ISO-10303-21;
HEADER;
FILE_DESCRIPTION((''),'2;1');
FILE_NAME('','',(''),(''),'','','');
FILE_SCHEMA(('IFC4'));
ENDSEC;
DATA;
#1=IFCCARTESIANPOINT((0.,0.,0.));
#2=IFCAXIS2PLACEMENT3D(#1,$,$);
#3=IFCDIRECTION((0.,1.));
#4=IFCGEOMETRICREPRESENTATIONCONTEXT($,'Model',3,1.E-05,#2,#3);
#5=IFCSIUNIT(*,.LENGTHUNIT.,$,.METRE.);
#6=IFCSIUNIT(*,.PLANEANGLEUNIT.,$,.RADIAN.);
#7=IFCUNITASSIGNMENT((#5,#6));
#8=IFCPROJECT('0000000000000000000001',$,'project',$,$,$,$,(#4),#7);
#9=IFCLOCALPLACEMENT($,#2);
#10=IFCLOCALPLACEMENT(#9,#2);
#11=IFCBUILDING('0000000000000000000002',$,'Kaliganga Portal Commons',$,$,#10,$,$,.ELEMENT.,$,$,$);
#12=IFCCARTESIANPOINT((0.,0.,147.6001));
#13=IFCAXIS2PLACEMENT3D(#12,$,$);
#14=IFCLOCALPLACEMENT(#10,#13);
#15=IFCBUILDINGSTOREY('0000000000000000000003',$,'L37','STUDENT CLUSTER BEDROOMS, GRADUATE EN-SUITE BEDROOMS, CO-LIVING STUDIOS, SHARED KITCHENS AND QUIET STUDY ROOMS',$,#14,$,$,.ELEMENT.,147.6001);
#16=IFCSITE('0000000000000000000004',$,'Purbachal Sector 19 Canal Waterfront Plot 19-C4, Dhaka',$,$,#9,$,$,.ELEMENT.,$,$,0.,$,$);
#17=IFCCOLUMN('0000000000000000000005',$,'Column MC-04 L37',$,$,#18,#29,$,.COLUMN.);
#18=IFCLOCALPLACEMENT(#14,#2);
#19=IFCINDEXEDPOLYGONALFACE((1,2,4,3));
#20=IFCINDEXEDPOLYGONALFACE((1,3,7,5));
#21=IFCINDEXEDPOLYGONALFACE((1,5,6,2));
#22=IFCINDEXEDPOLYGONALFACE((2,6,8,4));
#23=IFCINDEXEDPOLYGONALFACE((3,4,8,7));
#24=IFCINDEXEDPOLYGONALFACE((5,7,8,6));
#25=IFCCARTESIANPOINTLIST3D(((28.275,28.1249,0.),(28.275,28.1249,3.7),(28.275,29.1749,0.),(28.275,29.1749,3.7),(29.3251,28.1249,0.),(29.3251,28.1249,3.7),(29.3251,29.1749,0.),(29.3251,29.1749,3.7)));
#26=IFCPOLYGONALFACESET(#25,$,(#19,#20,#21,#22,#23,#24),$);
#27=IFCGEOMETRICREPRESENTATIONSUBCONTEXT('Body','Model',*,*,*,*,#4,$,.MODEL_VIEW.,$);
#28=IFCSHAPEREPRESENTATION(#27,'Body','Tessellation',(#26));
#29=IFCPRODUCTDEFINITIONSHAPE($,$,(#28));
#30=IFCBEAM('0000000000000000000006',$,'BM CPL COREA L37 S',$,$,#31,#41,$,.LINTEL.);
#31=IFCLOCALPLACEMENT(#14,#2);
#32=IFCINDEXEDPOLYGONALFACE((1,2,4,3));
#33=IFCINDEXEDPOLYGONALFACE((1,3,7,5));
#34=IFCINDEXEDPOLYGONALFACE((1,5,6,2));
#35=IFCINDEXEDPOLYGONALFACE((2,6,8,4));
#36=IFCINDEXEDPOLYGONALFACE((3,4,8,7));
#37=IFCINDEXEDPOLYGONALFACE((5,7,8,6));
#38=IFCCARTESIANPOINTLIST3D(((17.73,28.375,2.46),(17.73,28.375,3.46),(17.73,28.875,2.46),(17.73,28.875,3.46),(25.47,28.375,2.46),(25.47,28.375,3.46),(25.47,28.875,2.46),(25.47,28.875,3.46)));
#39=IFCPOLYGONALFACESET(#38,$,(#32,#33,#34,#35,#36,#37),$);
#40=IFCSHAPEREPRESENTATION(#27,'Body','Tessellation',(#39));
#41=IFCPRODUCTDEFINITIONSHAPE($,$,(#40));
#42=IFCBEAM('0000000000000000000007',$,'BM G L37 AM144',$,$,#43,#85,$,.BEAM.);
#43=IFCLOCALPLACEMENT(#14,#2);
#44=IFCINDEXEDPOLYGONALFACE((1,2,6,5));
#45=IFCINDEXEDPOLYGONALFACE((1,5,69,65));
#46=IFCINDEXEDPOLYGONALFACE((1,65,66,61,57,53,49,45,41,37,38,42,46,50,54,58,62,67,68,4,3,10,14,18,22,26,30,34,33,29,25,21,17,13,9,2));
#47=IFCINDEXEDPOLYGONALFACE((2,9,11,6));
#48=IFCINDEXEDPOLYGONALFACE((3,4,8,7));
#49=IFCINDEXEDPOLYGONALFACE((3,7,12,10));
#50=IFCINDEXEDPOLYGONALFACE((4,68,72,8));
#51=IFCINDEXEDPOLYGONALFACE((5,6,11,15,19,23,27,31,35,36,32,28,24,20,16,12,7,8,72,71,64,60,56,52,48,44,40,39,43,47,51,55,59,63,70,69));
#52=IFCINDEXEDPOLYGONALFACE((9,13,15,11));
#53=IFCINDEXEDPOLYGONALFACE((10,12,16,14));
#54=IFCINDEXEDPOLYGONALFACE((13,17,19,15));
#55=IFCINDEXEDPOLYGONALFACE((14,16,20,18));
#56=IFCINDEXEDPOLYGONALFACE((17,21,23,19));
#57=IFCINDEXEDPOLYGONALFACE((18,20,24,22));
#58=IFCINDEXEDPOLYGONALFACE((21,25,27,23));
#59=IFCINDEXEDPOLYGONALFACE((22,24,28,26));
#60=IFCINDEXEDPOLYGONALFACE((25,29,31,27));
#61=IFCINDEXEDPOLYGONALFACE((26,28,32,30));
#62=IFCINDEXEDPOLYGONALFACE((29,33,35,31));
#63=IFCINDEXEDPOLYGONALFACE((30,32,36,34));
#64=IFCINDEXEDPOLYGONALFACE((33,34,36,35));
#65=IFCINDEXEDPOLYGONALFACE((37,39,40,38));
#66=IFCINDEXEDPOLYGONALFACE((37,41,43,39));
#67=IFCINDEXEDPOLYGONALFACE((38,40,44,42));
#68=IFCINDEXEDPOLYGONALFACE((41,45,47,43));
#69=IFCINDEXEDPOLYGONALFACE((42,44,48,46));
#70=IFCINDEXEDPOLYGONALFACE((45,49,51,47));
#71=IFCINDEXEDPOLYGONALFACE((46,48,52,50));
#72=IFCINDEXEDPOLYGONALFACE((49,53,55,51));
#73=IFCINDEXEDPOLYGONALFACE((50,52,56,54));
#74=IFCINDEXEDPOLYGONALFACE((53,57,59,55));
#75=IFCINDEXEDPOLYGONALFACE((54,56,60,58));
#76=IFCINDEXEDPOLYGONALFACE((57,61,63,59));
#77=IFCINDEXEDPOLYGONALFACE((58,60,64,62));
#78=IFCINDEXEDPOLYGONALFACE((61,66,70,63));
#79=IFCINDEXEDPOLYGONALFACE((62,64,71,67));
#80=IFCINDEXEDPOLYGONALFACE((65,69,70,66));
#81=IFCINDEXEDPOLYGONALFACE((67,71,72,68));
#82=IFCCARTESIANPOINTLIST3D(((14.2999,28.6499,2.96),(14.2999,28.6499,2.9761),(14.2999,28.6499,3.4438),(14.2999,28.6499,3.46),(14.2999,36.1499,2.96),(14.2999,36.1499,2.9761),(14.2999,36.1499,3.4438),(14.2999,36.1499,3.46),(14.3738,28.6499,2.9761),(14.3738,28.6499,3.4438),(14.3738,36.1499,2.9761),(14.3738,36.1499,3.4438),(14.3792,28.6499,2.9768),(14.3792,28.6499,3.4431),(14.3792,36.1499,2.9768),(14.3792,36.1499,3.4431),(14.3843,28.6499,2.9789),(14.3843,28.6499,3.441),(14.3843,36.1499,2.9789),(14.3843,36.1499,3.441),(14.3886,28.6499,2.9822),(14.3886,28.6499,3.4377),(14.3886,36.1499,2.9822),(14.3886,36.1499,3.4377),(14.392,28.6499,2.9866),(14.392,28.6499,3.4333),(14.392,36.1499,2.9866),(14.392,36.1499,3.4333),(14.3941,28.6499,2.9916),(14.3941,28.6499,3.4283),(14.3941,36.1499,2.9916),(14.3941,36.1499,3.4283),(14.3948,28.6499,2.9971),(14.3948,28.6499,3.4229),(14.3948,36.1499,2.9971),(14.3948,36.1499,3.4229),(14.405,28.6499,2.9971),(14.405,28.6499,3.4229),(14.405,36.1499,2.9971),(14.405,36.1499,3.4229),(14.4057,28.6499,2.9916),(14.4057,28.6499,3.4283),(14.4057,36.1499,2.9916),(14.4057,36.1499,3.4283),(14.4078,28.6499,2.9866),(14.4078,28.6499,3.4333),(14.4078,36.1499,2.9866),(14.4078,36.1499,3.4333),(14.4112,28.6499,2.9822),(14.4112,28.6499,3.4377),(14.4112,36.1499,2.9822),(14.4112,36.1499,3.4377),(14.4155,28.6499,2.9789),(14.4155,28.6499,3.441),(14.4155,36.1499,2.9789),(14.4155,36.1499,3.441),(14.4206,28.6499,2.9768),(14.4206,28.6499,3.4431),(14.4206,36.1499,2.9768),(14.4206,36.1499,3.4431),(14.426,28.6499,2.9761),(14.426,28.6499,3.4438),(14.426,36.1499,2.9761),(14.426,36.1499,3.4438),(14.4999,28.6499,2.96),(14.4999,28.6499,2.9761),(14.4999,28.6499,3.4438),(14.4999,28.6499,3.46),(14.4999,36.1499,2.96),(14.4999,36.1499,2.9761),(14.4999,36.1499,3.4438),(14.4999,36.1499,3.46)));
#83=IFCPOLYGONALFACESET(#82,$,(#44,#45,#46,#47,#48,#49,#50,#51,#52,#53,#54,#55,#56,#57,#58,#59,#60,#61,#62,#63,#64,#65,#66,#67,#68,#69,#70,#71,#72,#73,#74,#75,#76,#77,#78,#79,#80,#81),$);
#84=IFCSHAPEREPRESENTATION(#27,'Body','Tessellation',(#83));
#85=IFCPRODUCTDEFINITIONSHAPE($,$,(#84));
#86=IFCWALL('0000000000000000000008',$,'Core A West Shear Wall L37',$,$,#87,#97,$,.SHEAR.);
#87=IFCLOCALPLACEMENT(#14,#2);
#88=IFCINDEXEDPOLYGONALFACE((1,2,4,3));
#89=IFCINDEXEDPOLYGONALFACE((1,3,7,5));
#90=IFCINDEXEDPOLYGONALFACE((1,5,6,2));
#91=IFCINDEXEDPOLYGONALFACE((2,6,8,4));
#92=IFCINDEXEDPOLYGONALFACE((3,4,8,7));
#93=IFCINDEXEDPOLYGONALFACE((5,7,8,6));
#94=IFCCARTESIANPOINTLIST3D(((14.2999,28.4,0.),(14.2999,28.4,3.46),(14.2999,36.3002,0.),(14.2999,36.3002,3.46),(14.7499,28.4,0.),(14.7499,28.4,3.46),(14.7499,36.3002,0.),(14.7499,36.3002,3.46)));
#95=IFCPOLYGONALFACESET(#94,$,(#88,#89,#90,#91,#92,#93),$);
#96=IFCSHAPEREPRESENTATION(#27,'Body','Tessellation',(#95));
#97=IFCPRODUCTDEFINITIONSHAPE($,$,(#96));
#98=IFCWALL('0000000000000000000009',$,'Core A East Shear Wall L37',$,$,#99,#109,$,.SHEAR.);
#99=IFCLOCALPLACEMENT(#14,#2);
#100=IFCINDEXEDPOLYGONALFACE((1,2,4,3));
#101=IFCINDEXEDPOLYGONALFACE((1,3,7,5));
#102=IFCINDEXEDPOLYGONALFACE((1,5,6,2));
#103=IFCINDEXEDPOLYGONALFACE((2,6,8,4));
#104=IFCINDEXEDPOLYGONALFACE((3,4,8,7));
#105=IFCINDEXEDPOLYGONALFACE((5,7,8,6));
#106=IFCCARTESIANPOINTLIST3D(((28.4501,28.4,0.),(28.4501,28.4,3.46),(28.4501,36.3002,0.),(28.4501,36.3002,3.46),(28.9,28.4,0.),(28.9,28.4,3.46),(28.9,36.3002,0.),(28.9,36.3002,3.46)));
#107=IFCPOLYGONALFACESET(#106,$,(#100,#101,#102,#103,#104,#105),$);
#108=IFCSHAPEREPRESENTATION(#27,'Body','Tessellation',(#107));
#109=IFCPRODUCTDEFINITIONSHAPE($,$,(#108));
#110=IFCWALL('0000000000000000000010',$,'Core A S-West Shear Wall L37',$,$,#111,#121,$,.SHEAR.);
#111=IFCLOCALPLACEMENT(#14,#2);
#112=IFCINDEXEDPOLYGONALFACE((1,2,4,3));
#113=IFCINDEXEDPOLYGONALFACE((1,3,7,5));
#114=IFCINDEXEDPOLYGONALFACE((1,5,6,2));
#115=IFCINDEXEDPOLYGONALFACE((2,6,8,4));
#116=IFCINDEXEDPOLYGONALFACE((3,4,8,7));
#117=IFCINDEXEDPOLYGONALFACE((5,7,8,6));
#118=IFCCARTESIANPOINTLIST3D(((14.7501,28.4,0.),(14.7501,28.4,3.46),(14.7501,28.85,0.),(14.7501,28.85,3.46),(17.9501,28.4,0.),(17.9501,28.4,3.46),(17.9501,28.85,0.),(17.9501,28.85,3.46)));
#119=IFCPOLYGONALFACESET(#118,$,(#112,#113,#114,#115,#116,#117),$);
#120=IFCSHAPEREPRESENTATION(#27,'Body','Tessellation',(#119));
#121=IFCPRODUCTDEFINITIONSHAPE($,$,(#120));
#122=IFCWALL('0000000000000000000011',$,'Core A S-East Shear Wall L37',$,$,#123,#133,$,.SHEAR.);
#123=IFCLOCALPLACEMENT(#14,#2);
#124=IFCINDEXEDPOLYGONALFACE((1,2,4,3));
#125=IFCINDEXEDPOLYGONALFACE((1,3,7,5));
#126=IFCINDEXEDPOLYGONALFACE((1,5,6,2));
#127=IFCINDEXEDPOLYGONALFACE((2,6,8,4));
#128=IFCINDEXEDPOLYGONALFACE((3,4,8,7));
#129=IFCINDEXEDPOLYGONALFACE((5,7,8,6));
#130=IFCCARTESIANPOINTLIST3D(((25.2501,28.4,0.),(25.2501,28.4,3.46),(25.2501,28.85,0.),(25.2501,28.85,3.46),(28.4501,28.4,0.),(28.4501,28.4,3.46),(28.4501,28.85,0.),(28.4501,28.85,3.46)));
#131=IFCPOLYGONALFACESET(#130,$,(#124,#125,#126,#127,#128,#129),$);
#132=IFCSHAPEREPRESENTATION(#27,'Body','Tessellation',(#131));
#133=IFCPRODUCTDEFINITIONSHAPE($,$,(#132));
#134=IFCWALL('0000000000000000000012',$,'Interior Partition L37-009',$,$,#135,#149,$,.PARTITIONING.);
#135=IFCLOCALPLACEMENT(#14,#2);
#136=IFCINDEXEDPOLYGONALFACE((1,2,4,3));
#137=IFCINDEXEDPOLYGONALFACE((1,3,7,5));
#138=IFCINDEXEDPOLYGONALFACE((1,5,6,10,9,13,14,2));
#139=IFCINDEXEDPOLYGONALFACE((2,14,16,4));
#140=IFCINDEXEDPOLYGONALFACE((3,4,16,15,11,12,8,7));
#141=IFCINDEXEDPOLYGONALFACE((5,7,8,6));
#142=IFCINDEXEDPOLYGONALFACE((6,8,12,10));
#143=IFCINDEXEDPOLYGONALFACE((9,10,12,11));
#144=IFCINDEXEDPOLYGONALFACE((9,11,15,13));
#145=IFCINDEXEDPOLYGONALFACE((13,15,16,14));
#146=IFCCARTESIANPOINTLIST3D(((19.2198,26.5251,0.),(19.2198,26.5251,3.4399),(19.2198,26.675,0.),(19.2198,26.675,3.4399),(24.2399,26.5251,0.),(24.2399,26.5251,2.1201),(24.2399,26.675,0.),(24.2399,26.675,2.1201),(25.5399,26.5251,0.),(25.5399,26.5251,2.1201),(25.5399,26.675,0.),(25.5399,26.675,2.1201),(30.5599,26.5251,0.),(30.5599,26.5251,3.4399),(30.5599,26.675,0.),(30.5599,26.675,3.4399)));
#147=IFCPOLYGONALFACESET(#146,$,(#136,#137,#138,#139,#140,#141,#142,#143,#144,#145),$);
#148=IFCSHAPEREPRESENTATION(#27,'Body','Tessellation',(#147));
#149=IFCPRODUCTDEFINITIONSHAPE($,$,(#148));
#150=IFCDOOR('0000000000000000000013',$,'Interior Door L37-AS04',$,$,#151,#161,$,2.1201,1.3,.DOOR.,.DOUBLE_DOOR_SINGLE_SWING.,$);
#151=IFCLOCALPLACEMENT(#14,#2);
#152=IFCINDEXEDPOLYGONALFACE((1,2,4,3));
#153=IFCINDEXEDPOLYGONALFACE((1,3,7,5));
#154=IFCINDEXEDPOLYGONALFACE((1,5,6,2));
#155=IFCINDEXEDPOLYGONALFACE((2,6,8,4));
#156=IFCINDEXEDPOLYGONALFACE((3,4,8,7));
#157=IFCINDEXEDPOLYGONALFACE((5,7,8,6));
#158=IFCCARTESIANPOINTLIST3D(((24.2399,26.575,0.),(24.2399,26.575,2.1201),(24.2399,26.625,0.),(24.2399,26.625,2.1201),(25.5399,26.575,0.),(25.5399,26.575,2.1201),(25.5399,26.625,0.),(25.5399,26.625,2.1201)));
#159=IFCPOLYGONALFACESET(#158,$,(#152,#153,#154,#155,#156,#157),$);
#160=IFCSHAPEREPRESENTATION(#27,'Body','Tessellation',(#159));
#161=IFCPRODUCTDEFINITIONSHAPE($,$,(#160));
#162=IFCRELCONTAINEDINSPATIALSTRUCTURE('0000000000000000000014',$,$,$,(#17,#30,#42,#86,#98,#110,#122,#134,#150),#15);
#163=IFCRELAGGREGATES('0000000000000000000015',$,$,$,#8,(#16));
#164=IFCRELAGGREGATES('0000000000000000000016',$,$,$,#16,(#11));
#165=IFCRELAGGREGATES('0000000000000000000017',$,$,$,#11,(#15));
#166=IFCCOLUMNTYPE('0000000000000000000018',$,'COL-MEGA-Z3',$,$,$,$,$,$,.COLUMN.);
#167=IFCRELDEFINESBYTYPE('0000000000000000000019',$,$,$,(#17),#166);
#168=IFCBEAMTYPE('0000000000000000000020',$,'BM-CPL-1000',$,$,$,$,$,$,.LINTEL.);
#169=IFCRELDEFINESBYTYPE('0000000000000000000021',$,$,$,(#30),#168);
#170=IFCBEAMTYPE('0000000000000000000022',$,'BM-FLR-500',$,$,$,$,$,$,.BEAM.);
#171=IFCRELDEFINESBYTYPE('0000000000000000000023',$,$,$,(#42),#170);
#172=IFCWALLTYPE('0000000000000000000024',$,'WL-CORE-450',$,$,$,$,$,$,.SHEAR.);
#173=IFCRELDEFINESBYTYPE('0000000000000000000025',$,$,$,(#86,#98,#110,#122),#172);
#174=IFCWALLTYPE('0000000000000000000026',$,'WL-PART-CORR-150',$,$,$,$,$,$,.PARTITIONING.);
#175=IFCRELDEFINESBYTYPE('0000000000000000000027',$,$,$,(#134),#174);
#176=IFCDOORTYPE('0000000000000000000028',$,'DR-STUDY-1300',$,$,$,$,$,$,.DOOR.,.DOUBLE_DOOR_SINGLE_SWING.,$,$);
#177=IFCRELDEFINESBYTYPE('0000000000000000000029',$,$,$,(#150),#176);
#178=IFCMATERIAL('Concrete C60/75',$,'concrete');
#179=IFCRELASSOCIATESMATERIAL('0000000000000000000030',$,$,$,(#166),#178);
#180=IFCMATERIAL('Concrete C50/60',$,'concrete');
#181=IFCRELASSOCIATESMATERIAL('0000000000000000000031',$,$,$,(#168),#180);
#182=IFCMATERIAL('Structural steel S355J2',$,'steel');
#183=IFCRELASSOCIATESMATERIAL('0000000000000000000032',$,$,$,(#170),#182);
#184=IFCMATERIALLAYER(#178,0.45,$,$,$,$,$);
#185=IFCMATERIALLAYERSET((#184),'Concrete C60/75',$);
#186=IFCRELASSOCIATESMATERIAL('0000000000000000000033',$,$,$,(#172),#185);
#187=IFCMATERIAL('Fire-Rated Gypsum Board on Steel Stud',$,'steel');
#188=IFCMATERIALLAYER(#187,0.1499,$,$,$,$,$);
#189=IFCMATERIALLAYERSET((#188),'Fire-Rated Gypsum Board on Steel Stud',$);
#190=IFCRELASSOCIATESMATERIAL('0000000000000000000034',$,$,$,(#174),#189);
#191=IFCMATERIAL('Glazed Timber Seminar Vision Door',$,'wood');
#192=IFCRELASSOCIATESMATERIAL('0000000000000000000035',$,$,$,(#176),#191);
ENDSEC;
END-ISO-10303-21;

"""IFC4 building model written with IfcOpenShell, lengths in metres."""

from ifc_helpers import new_model, si_unit, direction, frame, frame_2d, origin, origin_2d, place, context, subcontext, project, spatial, rectangle, i_section, extrude, source, transform, mapped, material, layer, layer_set, material_profile, profile_set, type_object, element, fill, save


model = new_model("IFC4")

# Units and contexts
model_context = context("Model", 3, precision=1e-05, world=origin(), true_north=direction((0.0, 1.0)))
body_context = subcontext(model_context, "Body", "Model", "MODEL_VIEW")
ifc_project = project(units=[si_unit("LENGTHUNIT", "METRE"), si_unit("PLANEANGLEUNIT", "RADIAN")], contexts=[model_context])

# Site, building, storey
site_placement = place(None, origin())
site = spatial("IfcSite", under=ifc_project, at=site_placement, Name="Purbachal Sector 19 Canal Waterfront Plot 19-C4, Dhaka", CompositionType="ELEMENT", RefElevation=0.0)
building_placement = place(site_placement, origin())
building = spatial("IfcBuilding", under=site, at=building_placement, Name="Kaliganga Portal Commons", CompositionType="ELEMENT")
storey_placement = place(building_placement, frame((0.0, 0.0, 147.6001)))
storey = spatial("IfcBuildingStorey", under=building, at=storey_placement, Name="L37", Description="STUDENT CLUSTER BEDROOMS, GRADUATE EN-SUITE BEDROOMS, CO-LIVING STUDIOS, SHARED KITCHENS AND QUIET STUDY ROOMS", CompositionType="ELEMENT", Elevation=147.6001)

# Column
ifc_material_1 = material(Name="Concrete C60/75", Category="concrete")
ifc_material_profile_1 = material_profile(ifc_material_1, rectangle(XDim=1.05, YDim=1.05, at=origin_2d()), Name="RC 1050x1050")
ifc_profile_set_1 = profile_set([ifc_material_profile_1], Name="Concrete C60/75")
column_type = type_object("IfcColumnType", Name="COL-MEGA-Z3", PredefinedType="COLUMN", material=ifc_profile_set_1)
shared_shape_1 = source(origin(), body_context, "Body", "SweptSolid", [
    extrude(rectangle(XDim=1.05, YDim=1.05, at=origin_2d()), origin(), (0.0, 0.0, 1.0), 3.7),
])
column_placement = place(storey_placement, frame((28.8, 28.6499, 0.0), z_axis=(0.0, 0.0, 1.0), x_axis=(1.0, 0.0, 0.0)))
element("IfcColumn", 1, at=column_placement, inside=storey, type_object=column_type, Name="Column MC-04 L37", PredefinedType="COLUMN", context=body_context, shape_type="MappedRepresentation", body=[
    mapped(shared_shape_1, transform((0.0, 0.0, 0.0), x_axis=(1.0, 0.0, 0.0), y_axis=(0.0, 1.0, 0.0), z_axis=(0.0, 0.0, 1.0), scale=1.0)),
])

# Beams
ifc_material_2 = material(Name="Concrete C50/60", Category="concrete")
ifc_material_profile_2 = material_profile(ifc_material_2, rectangle(XDim=0.5, YDim=1.0, at=origin_2d()), Name="RC 500x1000")
ifc_profile_set_2 = profile_set([ifc_material_profile_2], Name="Concrete C50/60")
beam_type_1 = type_object("IfcBeamType", Name="BM-CPL-1000", PredefinedType="LINTEL", material=ifc_profile_set_2)
shared_shape_2 = source(origin(), body_context, "Body", "SweptSolid", [
    extrude(rectangle(XDim=0.5, YDim=1.0, at=origin_2d()), origin(), (0.0, 0.0, 1.0), 7.74),
])
beam_1_placement = place(storey_placement, frame((17.73, 28.625, 2.96), z_axis=(1.0, 0.0, 0.0), x_axis=(0.0, 1.0, 0.0)))
element("IfcBeam", 2, at=beam_1_placement, inside=storey, type_object=beam_type_1, Name="BM CPL COREA L37 S", PredefinedType="LINTEL", context=body_context, shape_type="MappedRepresentation", body=[
    mapped(shared_shape_2, transform((0.0, 0.0, 0.0), x_axis=(1.0, 0.0, 0.0), y_axis=(0.0, 1.0, 0.0), z_axis=(0.0, 0.0, 1.0), scale=1.0)),
])
ifc_material_3 = material(Name="Structural steel S355J2", Category="steel")
ifc_material_profile_3 = material_profile(ifc_material_3, i_section(OverallWidth=0.2, OverallDepth=0.5, WebThickness=0.0103, FlangeThickness=0.0161, FilletRadius=0.021, at=origin_2d()), Name="IPE 500")
ifc_profile_set_3 = profile_set([ifc_material_profile_3], Name="Structural steel S355J2 wide-flange")
beam_type_2 = type_object("IfcBeamType", Name="BM-FLR-500", PredefinedType="BEAM", material=ifc_profile_set_3)
shared_shape_3 = source(origin(), body_context, "Body", "SweptSolid", [
    extrude(i_section(OverallWidth=0.2, OverallDepth=0.5, WebThickness=0.0103, FlangeThickness=0.0161, FilletRadius=0.021, at=origin_2d()), origin(), (0.0, 0.0, 1.0), 7.5),
])
beam_2_placement = place(storey_placement, frame((14.3999, 28.6499, 3.21), z_axis=(0.0, 1.0, 0.0), x_axis=(-1.0, 0.0, 0.0)))
element("IfcBeam", 3, at=beam_2_placement, inside=storey, type_object=beam_type_2, Name="BM G L37 AM144", PredefinedType="BEAM", context=body_context, shape_type="MappedRepresentation", body=[
    mapped(shared_shape_3, transform((0.0, 0.0, 0.0), x_axis=(1.0, 0.0, 0.0), y_axis=(0.0, 1.0, 0.0), z_axis=(0.0, 0.0, 1.0), scale=1.0)),
])

# Walls
ifc_layer_1 = layer(ifc_material_1, 0.45)
ifc_layer_set_1 = layer_set([ifc_layer_1], Name="Concrete C60/75")
wall_type_1 = type_object("IfcWallType", Name="WL-CORE-450", PredefinedType="SHEAR", material=ifc_layer_set_1)
for number, where, z_axis, x_axis, name in (
    (4, (14.5249, 28.3999, 0.0), (0.0, 0.0, 1.0), (0.0, 1.0, 0.0), "Core A West Shear Wall L37"),
    (5, (28.675, 28.3999, 0.0), (0.0, 0.0, 1.0), (0.0, 1.0, 0.0), "Core A East Shear Wall L37"),
):
    element("IfcWall", number, at=place(storey_placement, frame(where, z_axis=z_axis, x_axis=x_axis)), inside=storey, type_object=wall_type_1, Name=name, PredefinedType="SHEAR", context=body_context, shape_type="SweptSolid", body=[
        extrude(rectangle(XDim=7.9001, YDim=0.45, at=frame_2d((3.9502, 0.0))), origin(), (0.0, 0.0, 1.0), 3.46),
    ])
for number, where, z_axis, x_axis, name in (
    (6, (14.75, 28.625, 0.0), (0.0, 0.0, 1.0), (1.0, 0.0, 0.0), "Core A S-West Shear Wall L37"),
    (7, (25.25, 28.625, 0.0), (0.0, 0.0, 1.0), (1.0, 0.0, 0.0), "Core A S-East Shear Wall L37"),
):
    element("IfcWall", number, at=place(storey_placement, frame(where, z_axis=z_axis, x_axis=x_axis)), inside=storey, type_object=wall_type_1, Name=name, PredefinedType="SHEAR", context=body_context, shape_type="SweptSolid", body=[
        extrude(rectangle(XDim=3.2, YDim=0.45, at=frame_2d((1.6001, 0.0))), origin(), (0.0, 0.0, 1.0), 3.46),
    ])

# Wall, opening, door
ifc_material_4 = material(Name="Fire-Rated Gypsum Board on Steel Stud", Category="steel")
ifc_layer_2 = layer(ifc_material_4, 0.1499)
ifc_layer_set_2 = layer_set([ifc_layer_2], Name="Fire-Rated Gypsum Board on Steel Stud")
wall_type_2 = type_object("IfcWallType", Name="WL-PART-CORR-150", PredefinedType="PARTITIONING", material=ifc_layer_set_2)
wall_1_placement = place(storey_placement, frame((19.22, 26.6001, 0.0), z_axis=(0.0, 0.0, 1.0), x_axis=(1.0, 0.0, 0.0)))
wall_1 = element("IfcWall", 8, at=wall_1_placement, inside=storey, type_object=wall_type_2, Name="Interior Partition L37-009", PredefinedType="PARTITIONING", context=body_context, shape_type="SweptSolid", body=[
    extrude(rectangle(XDim=11.3401, YDim=0.1499, at=frame_2d((5.6699, 0.0))), origin(), (0.0, 0.0, 1.0), 3.4399),
])
opening_1_placement = place(wall_1_placement, frame((5.02, 0.0, 0.0)))
opening_1 = element("IfcOpeningElement", 9, at=opening_1_placement, cuts=wall_1, PredefinedType="OPENING", context=body_context, shape_type="SweptSolid", body=[
    extrude(rectangle(XDim=1.3, YDim=2.1201, at=frame_2d((0.6499, 1.0601))), frame((0.0, 0.085, 0.0), z_axis=(0.0, -1.0, 0.0), x_axis=(1.0, 0.0, 0.0)), (0.0, 0.0, 1.0), 0.1699),
])
ifc_material_5 = material(Name="Glazed Timber Seminar Vision Door", Category="wood")
door_type_1 = type_object("IfcDoorType", Name="DR-STUDY-1300", OperationType="DOUBLE_DOOR_SINGLE_SWING", PredefinedType="DOOR", material=ifc_material_5)
door_1_placement = place(opening_1_placement, origin())
door_1 = element("IfcDoor", 10, at=door_1_placement, inside=storey, type_object=door_type_1, Name="Interior Door L37-AS04", OperationType="DOUBLE_DOOR_SINGLE_SWING", OverallHeight=2.1201, OverallWidth=1.3, PredefinedType="DOOR", context=body_context, shape_type="SweptSolid", body=[
    extrude(rectangle(XDim=1.3, YDim=2.1201, at=frame_2d((0.6499, 1.0601))), frame((0.0, 0.0249, 0.0), z_axis=(0.0, -1.0, 0.0), x_axis=(1.0, 0.0, 0.0)), (0.0, 0.0, 1.0), 0.05),
])
fill(opening_1, door_1)

save(model, "model.ifc")
